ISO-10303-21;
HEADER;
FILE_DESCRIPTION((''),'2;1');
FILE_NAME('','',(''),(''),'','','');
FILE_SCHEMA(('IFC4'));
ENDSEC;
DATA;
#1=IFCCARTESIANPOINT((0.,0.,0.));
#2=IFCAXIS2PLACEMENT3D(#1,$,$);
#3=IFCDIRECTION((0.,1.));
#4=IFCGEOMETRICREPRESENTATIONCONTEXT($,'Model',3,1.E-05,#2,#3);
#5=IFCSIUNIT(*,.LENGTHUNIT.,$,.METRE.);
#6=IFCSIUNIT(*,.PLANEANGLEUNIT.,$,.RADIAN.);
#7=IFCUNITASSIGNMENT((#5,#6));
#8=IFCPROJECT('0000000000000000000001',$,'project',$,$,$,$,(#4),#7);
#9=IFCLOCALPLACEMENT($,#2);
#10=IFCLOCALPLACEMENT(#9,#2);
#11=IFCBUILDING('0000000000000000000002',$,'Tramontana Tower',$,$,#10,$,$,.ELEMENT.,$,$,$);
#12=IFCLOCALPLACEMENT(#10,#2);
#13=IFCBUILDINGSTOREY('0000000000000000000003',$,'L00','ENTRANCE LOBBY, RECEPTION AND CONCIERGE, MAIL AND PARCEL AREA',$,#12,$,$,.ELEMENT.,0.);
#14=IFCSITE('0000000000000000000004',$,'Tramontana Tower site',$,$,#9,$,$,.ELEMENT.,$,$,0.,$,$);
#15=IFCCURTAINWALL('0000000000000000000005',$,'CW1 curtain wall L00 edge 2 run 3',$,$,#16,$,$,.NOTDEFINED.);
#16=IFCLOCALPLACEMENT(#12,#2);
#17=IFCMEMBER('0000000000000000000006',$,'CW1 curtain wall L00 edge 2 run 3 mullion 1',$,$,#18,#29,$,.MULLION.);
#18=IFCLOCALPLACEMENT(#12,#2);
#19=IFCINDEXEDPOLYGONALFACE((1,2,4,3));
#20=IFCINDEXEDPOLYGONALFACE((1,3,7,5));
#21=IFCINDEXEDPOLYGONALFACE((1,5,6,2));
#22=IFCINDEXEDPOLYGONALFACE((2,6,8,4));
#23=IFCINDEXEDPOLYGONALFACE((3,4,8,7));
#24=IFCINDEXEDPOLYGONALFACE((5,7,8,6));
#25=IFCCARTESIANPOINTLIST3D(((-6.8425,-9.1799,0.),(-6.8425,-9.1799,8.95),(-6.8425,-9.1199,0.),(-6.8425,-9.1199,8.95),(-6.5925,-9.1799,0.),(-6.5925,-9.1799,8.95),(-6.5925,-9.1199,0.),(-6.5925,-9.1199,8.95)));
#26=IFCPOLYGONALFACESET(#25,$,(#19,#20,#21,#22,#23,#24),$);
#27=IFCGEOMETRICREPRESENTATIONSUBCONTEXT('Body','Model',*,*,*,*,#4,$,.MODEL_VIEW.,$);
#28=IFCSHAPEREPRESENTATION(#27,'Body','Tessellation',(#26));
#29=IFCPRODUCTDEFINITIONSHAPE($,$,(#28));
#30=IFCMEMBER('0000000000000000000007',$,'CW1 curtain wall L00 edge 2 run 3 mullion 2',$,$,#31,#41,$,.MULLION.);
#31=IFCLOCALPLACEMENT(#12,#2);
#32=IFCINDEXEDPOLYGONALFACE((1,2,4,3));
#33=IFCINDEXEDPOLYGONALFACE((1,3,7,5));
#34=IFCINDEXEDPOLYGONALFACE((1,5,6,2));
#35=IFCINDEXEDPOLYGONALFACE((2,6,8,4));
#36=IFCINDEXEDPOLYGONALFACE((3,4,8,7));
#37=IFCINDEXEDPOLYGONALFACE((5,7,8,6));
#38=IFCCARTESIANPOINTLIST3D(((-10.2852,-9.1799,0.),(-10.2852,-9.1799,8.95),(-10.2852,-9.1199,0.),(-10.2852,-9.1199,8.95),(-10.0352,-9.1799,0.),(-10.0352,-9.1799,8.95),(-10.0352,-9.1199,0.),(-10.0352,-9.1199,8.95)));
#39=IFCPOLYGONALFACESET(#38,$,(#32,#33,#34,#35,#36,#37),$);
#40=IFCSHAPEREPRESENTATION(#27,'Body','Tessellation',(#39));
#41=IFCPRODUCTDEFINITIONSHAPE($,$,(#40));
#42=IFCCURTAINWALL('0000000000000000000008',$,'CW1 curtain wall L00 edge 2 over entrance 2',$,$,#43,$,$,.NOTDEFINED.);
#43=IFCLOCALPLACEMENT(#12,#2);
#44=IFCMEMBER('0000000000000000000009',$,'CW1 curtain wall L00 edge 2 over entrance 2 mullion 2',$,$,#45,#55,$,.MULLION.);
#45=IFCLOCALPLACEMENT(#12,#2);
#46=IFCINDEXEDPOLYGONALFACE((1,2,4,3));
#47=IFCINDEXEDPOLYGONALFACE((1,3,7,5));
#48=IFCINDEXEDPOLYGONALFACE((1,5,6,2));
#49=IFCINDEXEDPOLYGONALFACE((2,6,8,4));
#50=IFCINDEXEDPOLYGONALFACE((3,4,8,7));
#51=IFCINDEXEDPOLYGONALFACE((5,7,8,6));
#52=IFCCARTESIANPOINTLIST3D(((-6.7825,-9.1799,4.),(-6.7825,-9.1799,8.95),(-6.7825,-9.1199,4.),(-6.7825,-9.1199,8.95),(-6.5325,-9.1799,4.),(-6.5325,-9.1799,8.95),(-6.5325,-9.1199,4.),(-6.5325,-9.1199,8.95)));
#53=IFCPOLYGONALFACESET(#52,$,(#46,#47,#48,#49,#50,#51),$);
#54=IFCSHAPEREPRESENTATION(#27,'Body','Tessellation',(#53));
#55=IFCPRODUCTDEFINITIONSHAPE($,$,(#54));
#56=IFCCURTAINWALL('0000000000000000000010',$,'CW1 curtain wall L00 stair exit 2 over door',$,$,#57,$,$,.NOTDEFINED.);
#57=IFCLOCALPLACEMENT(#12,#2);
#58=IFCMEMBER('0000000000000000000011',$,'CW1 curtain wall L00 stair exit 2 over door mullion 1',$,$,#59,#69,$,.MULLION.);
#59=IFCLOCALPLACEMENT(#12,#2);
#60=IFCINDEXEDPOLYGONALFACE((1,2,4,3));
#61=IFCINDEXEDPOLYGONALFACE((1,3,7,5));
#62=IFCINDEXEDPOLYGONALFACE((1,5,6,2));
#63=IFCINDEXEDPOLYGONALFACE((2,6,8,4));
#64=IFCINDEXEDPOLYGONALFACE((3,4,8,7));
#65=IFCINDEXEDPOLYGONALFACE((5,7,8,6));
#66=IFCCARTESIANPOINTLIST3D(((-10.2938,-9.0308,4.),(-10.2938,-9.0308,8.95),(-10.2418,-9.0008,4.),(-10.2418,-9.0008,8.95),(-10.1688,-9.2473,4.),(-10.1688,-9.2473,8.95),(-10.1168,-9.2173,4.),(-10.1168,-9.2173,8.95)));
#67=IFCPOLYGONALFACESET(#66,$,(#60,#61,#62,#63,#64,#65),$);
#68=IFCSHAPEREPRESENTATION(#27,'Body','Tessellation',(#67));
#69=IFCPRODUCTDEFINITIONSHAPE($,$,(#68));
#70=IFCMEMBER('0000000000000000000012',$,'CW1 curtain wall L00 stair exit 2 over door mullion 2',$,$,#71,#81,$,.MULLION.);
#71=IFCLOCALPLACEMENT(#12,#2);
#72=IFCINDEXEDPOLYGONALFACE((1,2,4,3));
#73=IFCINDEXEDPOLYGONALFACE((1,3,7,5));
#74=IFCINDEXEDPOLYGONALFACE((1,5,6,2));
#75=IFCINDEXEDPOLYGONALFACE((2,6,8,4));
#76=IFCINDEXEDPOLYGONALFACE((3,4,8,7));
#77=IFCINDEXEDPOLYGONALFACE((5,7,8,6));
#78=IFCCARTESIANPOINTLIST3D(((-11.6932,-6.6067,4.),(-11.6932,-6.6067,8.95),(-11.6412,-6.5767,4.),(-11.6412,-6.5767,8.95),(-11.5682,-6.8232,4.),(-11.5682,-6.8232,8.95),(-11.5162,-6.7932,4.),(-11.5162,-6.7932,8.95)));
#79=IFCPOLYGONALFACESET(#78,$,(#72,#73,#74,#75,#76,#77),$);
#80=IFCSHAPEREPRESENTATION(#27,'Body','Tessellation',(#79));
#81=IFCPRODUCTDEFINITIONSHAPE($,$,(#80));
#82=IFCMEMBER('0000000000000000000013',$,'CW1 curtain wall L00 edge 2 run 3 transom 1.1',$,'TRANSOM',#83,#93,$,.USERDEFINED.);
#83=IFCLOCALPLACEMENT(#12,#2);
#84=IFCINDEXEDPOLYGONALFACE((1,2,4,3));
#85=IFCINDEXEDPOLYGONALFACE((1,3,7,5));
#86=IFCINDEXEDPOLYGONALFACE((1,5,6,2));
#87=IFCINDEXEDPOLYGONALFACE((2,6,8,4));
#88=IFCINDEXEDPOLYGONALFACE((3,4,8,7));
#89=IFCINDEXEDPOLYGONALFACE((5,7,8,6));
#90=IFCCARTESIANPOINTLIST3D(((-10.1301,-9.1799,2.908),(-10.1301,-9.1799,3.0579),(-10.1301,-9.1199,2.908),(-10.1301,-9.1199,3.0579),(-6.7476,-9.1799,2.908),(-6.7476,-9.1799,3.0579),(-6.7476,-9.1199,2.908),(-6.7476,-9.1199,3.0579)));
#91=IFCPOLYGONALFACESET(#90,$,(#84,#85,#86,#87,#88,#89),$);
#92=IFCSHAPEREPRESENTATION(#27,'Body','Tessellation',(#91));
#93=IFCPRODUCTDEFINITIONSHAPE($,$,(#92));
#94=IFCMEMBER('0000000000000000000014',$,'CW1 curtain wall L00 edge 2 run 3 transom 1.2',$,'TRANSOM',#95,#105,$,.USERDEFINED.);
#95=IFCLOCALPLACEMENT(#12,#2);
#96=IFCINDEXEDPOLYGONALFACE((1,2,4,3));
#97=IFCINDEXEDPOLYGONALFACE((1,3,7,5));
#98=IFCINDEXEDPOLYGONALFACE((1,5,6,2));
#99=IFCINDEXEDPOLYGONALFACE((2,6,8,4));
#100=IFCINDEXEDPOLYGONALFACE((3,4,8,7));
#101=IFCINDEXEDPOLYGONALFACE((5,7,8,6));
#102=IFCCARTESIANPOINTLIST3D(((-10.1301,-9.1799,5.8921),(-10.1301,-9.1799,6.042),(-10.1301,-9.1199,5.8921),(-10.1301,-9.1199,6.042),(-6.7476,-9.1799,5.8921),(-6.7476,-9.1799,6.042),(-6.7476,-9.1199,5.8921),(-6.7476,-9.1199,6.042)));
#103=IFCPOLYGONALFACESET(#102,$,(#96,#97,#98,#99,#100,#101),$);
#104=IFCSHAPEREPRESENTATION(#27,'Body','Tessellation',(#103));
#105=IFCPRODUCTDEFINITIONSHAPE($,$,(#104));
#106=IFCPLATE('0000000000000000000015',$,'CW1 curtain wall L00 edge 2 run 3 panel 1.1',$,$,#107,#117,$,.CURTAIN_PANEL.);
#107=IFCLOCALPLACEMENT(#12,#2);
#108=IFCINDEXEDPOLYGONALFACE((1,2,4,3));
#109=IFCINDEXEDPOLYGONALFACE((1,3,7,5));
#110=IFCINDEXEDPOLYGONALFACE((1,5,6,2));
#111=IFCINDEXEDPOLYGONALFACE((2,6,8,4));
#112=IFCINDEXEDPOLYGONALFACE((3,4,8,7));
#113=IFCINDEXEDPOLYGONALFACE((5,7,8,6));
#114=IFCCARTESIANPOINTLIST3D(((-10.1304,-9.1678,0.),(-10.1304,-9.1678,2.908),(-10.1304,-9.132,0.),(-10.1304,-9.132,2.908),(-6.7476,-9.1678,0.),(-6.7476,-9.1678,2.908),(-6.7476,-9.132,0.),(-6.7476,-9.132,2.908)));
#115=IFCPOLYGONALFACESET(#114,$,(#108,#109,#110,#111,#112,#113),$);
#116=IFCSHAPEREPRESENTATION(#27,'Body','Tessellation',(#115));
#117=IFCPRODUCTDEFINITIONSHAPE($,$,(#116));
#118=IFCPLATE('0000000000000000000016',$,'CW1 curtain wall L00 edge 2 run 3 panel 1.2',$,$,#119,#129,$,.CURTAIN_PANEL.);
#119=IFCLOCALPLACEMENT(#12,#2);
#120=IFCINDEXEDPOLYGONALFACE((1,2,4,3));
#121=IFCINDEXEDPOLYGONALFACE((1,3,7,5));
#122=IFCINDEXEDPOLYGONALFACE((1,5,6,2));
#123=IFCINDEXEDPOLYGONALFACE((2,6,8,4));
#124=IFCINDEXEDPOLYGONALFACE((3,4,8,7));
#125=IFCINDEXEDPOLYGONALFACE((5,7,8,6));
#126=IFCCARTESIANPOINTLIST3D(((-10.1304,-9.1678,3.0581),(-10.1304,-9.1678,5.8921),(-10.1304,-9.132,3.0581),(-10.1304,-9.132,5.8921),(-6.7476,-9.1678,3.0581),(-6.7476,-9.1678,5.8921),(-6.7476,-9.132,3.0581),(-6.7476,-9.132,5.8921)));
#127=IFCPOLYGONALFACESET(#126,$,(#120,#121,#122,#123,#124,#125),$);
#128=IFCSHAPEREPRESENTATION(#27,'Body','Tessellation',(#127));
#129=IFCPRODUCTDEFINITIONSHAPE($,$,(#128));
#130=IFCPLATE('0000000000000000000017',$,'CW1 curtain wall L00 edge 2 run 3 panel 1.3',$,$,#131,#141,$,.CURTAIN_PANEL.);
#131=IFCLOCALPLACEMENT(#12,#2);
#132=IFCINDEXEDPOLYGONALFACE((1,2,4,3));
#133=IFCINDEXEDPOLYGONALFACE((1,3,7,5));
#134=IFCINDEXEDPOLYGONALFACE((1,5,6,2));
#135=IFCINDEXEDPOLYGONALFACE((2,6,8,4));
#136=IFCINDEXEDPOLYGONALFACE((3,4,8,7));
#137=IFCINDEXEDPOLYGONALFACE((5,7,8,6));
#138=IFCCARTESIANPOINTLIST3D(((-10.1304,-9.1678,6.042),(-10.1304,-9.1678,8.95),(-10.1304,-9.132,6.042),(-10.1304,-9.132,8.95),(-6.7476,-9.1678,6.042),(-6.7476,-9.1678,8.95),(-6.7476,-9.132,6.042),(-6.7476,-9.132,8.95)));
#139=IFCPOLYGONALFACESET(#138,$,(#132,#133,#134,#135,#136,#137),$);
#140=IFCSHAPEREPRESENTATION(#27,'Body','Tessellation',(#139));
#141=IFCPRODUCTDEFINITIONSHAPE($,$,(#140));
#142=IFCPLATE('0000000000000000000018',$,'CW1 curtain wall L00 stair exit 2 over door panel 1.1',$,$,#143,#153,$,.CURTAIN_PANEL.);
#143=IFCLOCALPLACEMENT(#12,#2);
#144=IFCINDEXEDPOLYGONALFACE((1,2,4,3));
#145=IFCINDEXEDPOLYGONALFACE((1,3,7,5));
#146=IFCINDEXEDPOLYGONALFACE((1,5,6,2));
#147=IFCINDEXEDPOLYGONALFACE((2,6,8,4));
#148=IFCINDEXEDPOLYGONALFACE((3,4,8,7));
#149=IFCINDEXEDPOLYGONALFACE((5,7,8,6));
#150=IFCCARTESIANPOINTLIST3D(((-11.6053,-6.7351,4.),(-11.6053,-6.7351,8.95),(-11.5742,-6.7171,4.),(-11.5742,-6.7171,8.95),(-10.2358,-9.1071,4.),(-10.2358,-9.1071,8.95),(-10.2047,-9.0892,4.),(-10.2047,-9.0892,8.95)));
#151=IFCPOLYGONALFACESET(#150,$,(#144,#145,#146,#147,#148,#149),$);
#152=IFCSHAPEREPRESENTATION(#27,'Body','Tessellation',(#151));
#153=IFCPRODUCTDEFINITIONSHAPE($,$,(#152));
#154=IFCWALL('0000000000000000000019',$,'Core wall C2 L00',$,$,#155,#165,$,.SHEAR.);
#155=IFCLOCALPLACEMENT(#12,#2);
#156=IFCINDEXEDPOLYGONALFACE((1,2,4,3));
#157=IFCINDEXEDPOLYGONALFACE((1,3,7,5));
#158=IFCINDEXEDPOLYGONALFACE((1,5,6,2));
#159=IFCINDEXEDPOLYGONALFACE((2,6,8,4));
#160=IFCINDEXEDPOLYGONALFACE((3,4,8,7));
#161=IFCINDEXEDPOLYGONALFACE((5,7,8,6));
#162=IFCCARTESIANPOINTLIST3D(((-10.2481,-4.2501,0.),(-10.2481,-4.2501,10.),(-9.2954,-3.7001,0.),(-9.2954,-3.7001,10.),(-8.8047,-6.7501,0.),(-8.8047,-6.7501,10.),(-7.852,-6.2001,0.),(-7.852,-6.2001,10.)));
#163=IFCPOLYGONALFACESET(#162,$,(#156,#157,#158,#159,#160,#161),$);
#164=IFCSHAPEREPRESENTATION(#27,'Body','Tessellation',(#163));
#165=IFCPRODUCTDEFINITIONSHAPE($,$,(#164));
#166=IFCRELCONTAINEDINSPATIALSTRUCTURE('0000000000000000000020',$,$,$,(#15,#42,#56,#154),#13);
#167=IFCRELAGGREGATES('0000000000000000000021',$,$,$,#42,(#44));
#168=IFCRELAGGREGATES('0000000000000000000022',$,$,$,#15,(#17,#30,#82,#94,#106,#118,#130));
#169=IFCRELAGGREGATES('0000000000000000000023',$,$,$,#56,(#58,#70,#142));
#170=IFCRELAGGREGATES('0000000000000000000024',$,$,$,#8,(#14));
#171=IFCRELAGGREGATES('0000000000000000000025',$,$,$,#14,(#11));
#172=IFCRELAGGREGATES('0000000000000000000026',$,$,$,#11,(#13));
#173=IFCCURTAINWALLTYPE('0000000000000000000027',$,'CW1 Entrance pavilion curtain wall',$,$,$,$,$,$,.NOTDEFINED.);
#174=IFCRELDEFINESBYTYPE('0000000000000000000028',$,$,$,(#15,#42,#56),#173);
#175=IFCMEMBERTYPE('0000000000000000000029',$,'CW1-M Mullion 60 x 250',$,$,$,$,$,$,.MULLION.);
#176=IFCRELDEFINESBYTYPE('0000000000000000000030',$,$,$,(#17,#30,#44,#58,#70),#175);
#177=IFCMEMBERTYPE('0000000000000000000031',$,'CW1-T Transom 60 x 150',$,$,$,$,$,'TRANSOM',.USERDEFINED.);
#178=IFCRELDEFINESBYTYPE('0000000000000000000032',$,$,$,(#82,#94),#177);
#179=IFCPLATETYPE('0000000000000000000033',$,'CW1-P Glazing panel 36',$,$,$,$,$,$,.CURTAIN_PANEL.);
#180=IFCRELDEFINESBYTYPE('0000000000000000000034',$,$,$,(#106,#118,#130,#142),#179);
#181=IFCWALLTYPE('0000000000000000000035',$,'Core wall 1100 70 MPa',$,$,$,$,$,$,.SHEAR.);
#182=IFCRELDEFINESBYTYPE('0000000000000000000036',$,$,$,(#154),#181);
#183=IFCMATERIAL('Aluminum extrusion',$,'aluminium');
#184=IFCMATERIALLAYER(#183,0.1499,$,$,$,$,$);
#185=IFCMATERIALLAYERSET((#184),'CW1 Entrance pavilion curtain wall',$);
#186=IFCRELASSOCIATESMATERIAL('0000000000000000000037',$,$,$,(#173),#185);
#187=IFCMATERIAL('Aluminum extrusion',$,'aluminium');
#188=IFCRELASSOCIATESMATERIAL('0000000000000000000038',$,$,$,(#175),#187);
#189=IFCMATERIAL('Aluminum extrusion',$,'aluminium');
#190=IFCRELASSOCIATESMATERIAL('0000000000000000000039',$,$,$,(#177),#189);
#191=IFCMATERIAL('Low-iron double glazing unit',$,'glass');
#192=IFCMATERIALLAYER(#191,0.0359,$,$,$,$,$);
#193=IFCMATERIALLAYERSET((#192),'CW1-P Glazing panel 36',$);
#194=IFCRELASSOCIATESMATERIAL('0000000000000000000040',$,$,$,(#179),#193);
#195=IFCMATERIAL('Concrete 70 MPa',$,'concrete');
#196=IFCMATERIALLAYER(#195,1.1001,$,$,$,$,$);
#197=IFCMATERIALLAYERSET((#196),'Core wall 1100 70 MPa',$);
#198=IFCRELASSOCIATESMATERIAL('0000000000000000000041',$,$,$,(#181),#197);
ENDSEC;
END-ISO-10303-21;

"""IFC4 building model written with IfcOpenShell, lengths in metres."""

from ifc_helpers import new_model, si_unit, direction, frame, frame_2d, origin, origin_2d, place, context, subcontext, project, spatial, rectangle, extrude, material, layer, layer_set, material_profile, profile_set, type_object, element, aggregate, save


model = new_model("IFC4")

# Units and contexts
model_context = context("Model", 3, precision=1e-05, world=origin(), true_north=direction((0.0, 1.0)))
body_context = subcontext(model_context, "Body", "Model", "MODEL_VIEW")
ifc_project = project(units=[si_unit("LENGTHUNIT", "METRE"), si_unit("PLANEANGLEUNIT", "RADIAN")], contexts=[model_context])

# Site, building, storey
site_placement = place(None, origin())
site = spatial("IfcSite", under=ifc_project, at=site_placement, Name="Tramontana Tower site", CompositionType="ELEMENT", RefElevation=0.0)
building_placement = place(site_placement, origin())
building = spatial("IfcBuilding", under=site, at=building_placement, Name="Tramontana Tower", CompositionType="ELEMENT")
storey_placement = place(building_placement, origin())
storey = spatial("IfcBuildingStorey", under=building, at=storey_placement, Name="L00", Description="ENTRANCE LOBBY, RECEPTION AND CONCIERGE, MAIL AND PARCEL AREA", CompositionType="ELEMENT", Elevation=0.0)

# Curtain wall, members
ifc_material_1 = material(Name="Aluminum extrusion", Category="aluminium")
ifc_layer_1 = layer(ifc_material_1, 0.1499)
ifc_layer_set_1 = layer_set([ifc_layer_1], Name="CW1 Entrance pavilion curtain wall")
curtain_wall_type = type_object("IfcCurtainWallType", Name="CW1 Entrance pavilion curtain wall", PredefinedType="NOTDEFINED", material=ifc_layer_set_1)
curtain_wall_1_placement = place(storey_placement, origin())
curtain_wall_1 = element("IfcCurtainWall", 1, at=curtain_wall_1_placement, inside=storey, type_object=curtain_wall_type, Name="CW1 curtain wall L00 edge 2 run 3", PredefinedType="NOTDEFINED")
ifc_material_2 = material(Name="Aluminum extrusion", Category="aluminium")
ifc_material_profile_1 = material_profile(ifc_material_2, rectangle(XDim=0.0601, YDim=0.25, at=origin_2d()), Name="CW1-M Mullion 60 x 250")
ifc_profile_set_1 = profile_set([ifc_material_profile_1], Name="Aluminum extrusion")
member_type_1 = type_object("IfcMemberType", Name="CW1-M Mullion 60 x 250", PredefinedType="MULLION", material=ifc_profile_set_1)
member_1_placement = place(storey_placement, frame((-6.7175, -9.1499, 0.0), z_axis=(0.0, 0.0, 1.0), x_axis=(0.0, -1.0, 0.0)))
member_1 = element("IfcMember", 2, at=member_1_placement, type_object=member_type_1, Name="CW1 curtain wall L00 edge 2 run 3 mullion 1", PredefinedType="MULLION", context=body_context, shape_type="SweptSolid", body=[
    extrude(rectangle(XDim=0.0601, YDim=0.25, at=origin_2d()), origin(), (0.0, 0.0, 1.0), 8.95),
])
member_2_placement = place(storey_placement, frame((-10.1602, -9.1499, 0.0), z_axis=(0.0, 0.0, 1.0), x_axis=(0.0, -1.0, 0.0)))
member_2 = element("IfcMember", 3, at=member_2_placement, type_object=member_type_1, Name="CW1 curtain wall L00 edge 2 run 3 mullion 2", PredefinedType="MULLION", context=body_context, shape_type="SweptSolid", body=[
    extrude(rectangle(XDim=0.0601, YDim=0.25, at=origin_2d()), origin(), (0.0, 0.0, 1.0), 8.95),
])

# Curtain wall, member
curtain_wall_2_placement = place(storey_placement, origin())
curtain_wall_2 = element("IfcCurtainWall", 4, at=curtain_wall_2_placement, inside=storey, type_object=curtain_wall_type, Name="CW1 curtain wall L00 edge 2 over entrance 2", PredefinedType="NOTDEFINED")
member_3_placement = place(storey_placement, frame((-6.6575, -9.1499, 4.0), z_axis=(0.0, 0.0, 1.0), x_axis=(0.0, -1.0, 0.0)))
member_3 = element("IfcMember", 5, at=member_3_placement, type_object=member_type_1, Name="CW1 curtain wall L00 edge 2 over entrance 2 mullion 2", PredefinedType="MULLION", context=body_context, shape_type="SweptSolid", body=[
    extrude(rectangle(XDim=0.0601, YDim=0.25, at=origin_2d()), origin(), (0.0, 0.0, 1.0), 4.95),
])
aggregate(curtain_wall_2, [member_3])

# Curtain wall, members
curtain_wall_3_placement = place(storey_placement, origin())
curtain_wall_3 = element("IfcCurtainWall", 6, at=curtain_wall_3_placement, inside=storey, type_object=curtain_wall_type, Name="CW1 curtain wall L00 stair exit 2 over door", PredefinedType="NOTDEFINED")
member_4_placement = place(storey_placement, frame((-10.2053, -9.124, 4.0), z_axis=(0.0, 0.0, 1.0), x_axis=(-0.866025, -0.5, 0.0)))
member_4 = element("IfcMember", 7, at=member_4_placement, type_object=member_type_1, Name="CW1 curtain wall L00 stair exit 2 over door mullion 1", PredefinedType="MULLION", context=body_context, shape_type="SweptSolid", body=[
    extrude(rectangle(XDim=0.0601, YDim=0.25, at=origin_2d()), origin(), (0.0, 0.0, 1.0), 4.95),
])
member_5_placement = place(storey_placement, frame((-11.6047, -6.7, 4.0), z_axis=(0.0, 0.0, 1.0), x_axis=(-0.866025, -0.5, 0.0)))
member_5 = element("IfcMember", 8, at=member_5_placement, type_object=member_type_1, Name="CW1 curtain wall L00 stair exit 2 over door mullion 2", PredefinedType="MULLION", context=body_context, shape_type="SweptSolid", body=[
    extrude(rectangle(XDim=0.0601, YDim=0.25, at=origin_2d()), origin(), (0.0, 0.0, 1.0), 4.95),
])

# Members
ifc_material_3 = material(Name="Aluminum extrusion", Category="aluminium")
ifc_material_profile_2 = material_profile(ifc_material_3, rectangle(XDim=0.0601, YDim=0.1499, at=origin_2d()), Name="CW1-T Transom 60 x 150")
ifc_profile_set_2 = profile_set([ifc_material_profile_2], Name="Aluminum extrusion")
member_type_2 = type_object("IfcMemberType", Name="CW1-T Transom 60 x 150", ElementType="TRANSOM", PredefinedType="USERDEFINED", material=ifc_profile_set_2)
member_6_placement = place(storey_placement, frame((-6.7476, -9.1499, 2.9829), z_axis=(-1.0, 0.0, 0.0), x_axis=(0.0, -1.0, 0.0)))
member_6 = element("IfcMember", 9, at=member_6_placement, type_object=member_type_2, Name="CW1 curtain wall L00 edge 2 run 3 transom 1.1", ObjectType="TRANSOM", PredefinedType="USERDEFINED", context=body_context, shape_type="SweptSolid", body=[
    extrude(rectangle(XDim=0.0601, YDim=0.1499, at=origin_2d()), origin(), (0.0, 0.0, 1.0), 3.3826),
])
member_7_placement = place(storey_placement, frame((-6.7476, -9.1499, 5.967), z_axis=(-1.0, 0.0, 0.0), x_axis=(0.0, -1.0, 0.0)))
member_7 = element("IfcMember", 10, at=member_7_placement, type_object=member_type_2, Name="CW1 curtain wall L00 edge 2 run 3 transom 1.2", ObjectType="TRANSOM", PredefinedType="USERDEFINED", context=body_context, shape_type="SweptSolid", body=[
    extrude(rectangle(XDim=0.0601, YDim=0.1499, at=origin_2d()), origin(), (0.0, 0.0, 1.0), 3.3826),
])

# Plates
ifc_material_4 = material(Name="Low-iron double glazing unit", Category="glass")
ifc_layer_2 = layer(ifc_material_4, 0.0359)
ifc_layer_set_2 = layer_set([ifc_layer_2], Name="CW1-P Glazing panel 36")
plate_type = type_object("IfcPlateType", Name="CW1-P Glazing panel 36", PredefinedType="CURTAIN_PANEL", material=ifc_layer_set_2)
plate_1_placement = place(storey_placement, frame((-8.439, -9.1499, 0.0), z_axis=(0.0, 0.0, 1.0), x_axis=(-1.0, 0.0, 0.0)))
plate_1 = element("IfcPlate", 11, at=plate_1_placement, type_object=plate_type, Name="CW1 curtain wall L00 edge 2 run 3 panel 1.1", PredefinedType="CURTAIN_PANEL", context=body_context, shape_type="SweptSolid", body=[
    extrude(rectangle(XDim=3.3828, YDim=0.0359, at=origin_2d()), origin(), (0.0, 0.0, 1.0), 2.908),
])
plate_2_placement = place(storey_placement, frame((-8.439, -9.1499, 3.0581), z_axis=(0.0, 0.0, 1.0), x_axis=(-1.0, 0.0, 0.0)))
plate_2 = element("IfcPlate", 12, at=plate_2_placement, type_object=plate_type, Name="CW1 curtain wall L00 edge 2 run 3 panel 1.2", PredefinedType="CURTAIN_PANEL", context=body_context, shape_type="SweptSolid", body=[
    extrude(rectangle(XDim=3.3828, YDim=0.0359, at=origin_2d()), origin(), (0.0, 0.0, 1.0), 2.834),
])
plate_3_placement = place(storey_placement, frame((-8.439, -9.1499, 6.042), z_axis=(0.0, 0.0, 1.0), x_axis=(-1.0, 0.0, 0.0)))
plate_3 = element("IfcPlate", 13, at=plate_3_placement, type_object=plate_type, Name="CW1 curtain wall L00 edge 2 run 3 panel 1.3", PredefinedType="CURTAIN_PANEL", context=body_context, shape_type="SweptSolid", body=[
    extrude(rectangle(XDim=3.3828, YDim=0.0359, at=origin_2d()), origin(), (0.0, 0.0, 1.0), 2.908),
])
aggregate(curtain_wall_1, [member_1, member_2, member_6, member_7, plate_1, plate_2, plate_3])
plate_4_placement = place(storey_placement, frame((-10.905, -7.9121, 4.0), z_axis=(0.0, 0.0, 1.0), x_axis=(-0.5, 0.866025, 0.0)))
plate_4 = element("IfcPlate", 14, at=plate_4_placement, type_object=plate_type, Name="CW1 curtain wall L00 stair exit 2 over door panel 1.1", PredefinedType="CURTAIN_PANEL", context=body_context, shape_type="SweptSolid", body=[
    extrude(rectangle(XDim=2.739, YDim=0.0359, at=origin_2d()), origin(), (0.0, 0.0, 1.0), 4.95),
])
aggregate(curtain_wall_3, [member_4, member_5, plate_4])

# Wall
ifc_material_5 = material(Name="Concrete 70 MPa", Category="concrete")
ifc_layer_3 = layer(ifc_material_5, 1.1001)
ifc_layer_set_3 = layer_set([ifc_layer_3], Name="Core wall 1100 70 MPa")
wall_type_1 = type_object("IfcWallType", Name="Core wall 1100 70 MPa", PredefinedType="SHEAR", material=ifc_layer_set_3)
wall_1_placement = place(storey_placement, frame((-9.7717, -3.9751, 0.0), z_axis=(0.0, 0.0, 1.0), x_axis=(0.499996, -0.866028, 0.0)))
element("IfcWall", 15, at=wall_1_placement, inside=storey, type_object=wall_type_1, Name="Core wall C2 L00", PredefinedType="SHEAR", context=body_context, shape_type="SweptSolid", body=[
    extrude(rectangle(XDim=2.8867, YDim=1.1001, at=frame_2d((1.4434, 0.0))), origin(), (0.0, 0.0, 1.0), 10.0),
])

save(model, "model.ifc")
